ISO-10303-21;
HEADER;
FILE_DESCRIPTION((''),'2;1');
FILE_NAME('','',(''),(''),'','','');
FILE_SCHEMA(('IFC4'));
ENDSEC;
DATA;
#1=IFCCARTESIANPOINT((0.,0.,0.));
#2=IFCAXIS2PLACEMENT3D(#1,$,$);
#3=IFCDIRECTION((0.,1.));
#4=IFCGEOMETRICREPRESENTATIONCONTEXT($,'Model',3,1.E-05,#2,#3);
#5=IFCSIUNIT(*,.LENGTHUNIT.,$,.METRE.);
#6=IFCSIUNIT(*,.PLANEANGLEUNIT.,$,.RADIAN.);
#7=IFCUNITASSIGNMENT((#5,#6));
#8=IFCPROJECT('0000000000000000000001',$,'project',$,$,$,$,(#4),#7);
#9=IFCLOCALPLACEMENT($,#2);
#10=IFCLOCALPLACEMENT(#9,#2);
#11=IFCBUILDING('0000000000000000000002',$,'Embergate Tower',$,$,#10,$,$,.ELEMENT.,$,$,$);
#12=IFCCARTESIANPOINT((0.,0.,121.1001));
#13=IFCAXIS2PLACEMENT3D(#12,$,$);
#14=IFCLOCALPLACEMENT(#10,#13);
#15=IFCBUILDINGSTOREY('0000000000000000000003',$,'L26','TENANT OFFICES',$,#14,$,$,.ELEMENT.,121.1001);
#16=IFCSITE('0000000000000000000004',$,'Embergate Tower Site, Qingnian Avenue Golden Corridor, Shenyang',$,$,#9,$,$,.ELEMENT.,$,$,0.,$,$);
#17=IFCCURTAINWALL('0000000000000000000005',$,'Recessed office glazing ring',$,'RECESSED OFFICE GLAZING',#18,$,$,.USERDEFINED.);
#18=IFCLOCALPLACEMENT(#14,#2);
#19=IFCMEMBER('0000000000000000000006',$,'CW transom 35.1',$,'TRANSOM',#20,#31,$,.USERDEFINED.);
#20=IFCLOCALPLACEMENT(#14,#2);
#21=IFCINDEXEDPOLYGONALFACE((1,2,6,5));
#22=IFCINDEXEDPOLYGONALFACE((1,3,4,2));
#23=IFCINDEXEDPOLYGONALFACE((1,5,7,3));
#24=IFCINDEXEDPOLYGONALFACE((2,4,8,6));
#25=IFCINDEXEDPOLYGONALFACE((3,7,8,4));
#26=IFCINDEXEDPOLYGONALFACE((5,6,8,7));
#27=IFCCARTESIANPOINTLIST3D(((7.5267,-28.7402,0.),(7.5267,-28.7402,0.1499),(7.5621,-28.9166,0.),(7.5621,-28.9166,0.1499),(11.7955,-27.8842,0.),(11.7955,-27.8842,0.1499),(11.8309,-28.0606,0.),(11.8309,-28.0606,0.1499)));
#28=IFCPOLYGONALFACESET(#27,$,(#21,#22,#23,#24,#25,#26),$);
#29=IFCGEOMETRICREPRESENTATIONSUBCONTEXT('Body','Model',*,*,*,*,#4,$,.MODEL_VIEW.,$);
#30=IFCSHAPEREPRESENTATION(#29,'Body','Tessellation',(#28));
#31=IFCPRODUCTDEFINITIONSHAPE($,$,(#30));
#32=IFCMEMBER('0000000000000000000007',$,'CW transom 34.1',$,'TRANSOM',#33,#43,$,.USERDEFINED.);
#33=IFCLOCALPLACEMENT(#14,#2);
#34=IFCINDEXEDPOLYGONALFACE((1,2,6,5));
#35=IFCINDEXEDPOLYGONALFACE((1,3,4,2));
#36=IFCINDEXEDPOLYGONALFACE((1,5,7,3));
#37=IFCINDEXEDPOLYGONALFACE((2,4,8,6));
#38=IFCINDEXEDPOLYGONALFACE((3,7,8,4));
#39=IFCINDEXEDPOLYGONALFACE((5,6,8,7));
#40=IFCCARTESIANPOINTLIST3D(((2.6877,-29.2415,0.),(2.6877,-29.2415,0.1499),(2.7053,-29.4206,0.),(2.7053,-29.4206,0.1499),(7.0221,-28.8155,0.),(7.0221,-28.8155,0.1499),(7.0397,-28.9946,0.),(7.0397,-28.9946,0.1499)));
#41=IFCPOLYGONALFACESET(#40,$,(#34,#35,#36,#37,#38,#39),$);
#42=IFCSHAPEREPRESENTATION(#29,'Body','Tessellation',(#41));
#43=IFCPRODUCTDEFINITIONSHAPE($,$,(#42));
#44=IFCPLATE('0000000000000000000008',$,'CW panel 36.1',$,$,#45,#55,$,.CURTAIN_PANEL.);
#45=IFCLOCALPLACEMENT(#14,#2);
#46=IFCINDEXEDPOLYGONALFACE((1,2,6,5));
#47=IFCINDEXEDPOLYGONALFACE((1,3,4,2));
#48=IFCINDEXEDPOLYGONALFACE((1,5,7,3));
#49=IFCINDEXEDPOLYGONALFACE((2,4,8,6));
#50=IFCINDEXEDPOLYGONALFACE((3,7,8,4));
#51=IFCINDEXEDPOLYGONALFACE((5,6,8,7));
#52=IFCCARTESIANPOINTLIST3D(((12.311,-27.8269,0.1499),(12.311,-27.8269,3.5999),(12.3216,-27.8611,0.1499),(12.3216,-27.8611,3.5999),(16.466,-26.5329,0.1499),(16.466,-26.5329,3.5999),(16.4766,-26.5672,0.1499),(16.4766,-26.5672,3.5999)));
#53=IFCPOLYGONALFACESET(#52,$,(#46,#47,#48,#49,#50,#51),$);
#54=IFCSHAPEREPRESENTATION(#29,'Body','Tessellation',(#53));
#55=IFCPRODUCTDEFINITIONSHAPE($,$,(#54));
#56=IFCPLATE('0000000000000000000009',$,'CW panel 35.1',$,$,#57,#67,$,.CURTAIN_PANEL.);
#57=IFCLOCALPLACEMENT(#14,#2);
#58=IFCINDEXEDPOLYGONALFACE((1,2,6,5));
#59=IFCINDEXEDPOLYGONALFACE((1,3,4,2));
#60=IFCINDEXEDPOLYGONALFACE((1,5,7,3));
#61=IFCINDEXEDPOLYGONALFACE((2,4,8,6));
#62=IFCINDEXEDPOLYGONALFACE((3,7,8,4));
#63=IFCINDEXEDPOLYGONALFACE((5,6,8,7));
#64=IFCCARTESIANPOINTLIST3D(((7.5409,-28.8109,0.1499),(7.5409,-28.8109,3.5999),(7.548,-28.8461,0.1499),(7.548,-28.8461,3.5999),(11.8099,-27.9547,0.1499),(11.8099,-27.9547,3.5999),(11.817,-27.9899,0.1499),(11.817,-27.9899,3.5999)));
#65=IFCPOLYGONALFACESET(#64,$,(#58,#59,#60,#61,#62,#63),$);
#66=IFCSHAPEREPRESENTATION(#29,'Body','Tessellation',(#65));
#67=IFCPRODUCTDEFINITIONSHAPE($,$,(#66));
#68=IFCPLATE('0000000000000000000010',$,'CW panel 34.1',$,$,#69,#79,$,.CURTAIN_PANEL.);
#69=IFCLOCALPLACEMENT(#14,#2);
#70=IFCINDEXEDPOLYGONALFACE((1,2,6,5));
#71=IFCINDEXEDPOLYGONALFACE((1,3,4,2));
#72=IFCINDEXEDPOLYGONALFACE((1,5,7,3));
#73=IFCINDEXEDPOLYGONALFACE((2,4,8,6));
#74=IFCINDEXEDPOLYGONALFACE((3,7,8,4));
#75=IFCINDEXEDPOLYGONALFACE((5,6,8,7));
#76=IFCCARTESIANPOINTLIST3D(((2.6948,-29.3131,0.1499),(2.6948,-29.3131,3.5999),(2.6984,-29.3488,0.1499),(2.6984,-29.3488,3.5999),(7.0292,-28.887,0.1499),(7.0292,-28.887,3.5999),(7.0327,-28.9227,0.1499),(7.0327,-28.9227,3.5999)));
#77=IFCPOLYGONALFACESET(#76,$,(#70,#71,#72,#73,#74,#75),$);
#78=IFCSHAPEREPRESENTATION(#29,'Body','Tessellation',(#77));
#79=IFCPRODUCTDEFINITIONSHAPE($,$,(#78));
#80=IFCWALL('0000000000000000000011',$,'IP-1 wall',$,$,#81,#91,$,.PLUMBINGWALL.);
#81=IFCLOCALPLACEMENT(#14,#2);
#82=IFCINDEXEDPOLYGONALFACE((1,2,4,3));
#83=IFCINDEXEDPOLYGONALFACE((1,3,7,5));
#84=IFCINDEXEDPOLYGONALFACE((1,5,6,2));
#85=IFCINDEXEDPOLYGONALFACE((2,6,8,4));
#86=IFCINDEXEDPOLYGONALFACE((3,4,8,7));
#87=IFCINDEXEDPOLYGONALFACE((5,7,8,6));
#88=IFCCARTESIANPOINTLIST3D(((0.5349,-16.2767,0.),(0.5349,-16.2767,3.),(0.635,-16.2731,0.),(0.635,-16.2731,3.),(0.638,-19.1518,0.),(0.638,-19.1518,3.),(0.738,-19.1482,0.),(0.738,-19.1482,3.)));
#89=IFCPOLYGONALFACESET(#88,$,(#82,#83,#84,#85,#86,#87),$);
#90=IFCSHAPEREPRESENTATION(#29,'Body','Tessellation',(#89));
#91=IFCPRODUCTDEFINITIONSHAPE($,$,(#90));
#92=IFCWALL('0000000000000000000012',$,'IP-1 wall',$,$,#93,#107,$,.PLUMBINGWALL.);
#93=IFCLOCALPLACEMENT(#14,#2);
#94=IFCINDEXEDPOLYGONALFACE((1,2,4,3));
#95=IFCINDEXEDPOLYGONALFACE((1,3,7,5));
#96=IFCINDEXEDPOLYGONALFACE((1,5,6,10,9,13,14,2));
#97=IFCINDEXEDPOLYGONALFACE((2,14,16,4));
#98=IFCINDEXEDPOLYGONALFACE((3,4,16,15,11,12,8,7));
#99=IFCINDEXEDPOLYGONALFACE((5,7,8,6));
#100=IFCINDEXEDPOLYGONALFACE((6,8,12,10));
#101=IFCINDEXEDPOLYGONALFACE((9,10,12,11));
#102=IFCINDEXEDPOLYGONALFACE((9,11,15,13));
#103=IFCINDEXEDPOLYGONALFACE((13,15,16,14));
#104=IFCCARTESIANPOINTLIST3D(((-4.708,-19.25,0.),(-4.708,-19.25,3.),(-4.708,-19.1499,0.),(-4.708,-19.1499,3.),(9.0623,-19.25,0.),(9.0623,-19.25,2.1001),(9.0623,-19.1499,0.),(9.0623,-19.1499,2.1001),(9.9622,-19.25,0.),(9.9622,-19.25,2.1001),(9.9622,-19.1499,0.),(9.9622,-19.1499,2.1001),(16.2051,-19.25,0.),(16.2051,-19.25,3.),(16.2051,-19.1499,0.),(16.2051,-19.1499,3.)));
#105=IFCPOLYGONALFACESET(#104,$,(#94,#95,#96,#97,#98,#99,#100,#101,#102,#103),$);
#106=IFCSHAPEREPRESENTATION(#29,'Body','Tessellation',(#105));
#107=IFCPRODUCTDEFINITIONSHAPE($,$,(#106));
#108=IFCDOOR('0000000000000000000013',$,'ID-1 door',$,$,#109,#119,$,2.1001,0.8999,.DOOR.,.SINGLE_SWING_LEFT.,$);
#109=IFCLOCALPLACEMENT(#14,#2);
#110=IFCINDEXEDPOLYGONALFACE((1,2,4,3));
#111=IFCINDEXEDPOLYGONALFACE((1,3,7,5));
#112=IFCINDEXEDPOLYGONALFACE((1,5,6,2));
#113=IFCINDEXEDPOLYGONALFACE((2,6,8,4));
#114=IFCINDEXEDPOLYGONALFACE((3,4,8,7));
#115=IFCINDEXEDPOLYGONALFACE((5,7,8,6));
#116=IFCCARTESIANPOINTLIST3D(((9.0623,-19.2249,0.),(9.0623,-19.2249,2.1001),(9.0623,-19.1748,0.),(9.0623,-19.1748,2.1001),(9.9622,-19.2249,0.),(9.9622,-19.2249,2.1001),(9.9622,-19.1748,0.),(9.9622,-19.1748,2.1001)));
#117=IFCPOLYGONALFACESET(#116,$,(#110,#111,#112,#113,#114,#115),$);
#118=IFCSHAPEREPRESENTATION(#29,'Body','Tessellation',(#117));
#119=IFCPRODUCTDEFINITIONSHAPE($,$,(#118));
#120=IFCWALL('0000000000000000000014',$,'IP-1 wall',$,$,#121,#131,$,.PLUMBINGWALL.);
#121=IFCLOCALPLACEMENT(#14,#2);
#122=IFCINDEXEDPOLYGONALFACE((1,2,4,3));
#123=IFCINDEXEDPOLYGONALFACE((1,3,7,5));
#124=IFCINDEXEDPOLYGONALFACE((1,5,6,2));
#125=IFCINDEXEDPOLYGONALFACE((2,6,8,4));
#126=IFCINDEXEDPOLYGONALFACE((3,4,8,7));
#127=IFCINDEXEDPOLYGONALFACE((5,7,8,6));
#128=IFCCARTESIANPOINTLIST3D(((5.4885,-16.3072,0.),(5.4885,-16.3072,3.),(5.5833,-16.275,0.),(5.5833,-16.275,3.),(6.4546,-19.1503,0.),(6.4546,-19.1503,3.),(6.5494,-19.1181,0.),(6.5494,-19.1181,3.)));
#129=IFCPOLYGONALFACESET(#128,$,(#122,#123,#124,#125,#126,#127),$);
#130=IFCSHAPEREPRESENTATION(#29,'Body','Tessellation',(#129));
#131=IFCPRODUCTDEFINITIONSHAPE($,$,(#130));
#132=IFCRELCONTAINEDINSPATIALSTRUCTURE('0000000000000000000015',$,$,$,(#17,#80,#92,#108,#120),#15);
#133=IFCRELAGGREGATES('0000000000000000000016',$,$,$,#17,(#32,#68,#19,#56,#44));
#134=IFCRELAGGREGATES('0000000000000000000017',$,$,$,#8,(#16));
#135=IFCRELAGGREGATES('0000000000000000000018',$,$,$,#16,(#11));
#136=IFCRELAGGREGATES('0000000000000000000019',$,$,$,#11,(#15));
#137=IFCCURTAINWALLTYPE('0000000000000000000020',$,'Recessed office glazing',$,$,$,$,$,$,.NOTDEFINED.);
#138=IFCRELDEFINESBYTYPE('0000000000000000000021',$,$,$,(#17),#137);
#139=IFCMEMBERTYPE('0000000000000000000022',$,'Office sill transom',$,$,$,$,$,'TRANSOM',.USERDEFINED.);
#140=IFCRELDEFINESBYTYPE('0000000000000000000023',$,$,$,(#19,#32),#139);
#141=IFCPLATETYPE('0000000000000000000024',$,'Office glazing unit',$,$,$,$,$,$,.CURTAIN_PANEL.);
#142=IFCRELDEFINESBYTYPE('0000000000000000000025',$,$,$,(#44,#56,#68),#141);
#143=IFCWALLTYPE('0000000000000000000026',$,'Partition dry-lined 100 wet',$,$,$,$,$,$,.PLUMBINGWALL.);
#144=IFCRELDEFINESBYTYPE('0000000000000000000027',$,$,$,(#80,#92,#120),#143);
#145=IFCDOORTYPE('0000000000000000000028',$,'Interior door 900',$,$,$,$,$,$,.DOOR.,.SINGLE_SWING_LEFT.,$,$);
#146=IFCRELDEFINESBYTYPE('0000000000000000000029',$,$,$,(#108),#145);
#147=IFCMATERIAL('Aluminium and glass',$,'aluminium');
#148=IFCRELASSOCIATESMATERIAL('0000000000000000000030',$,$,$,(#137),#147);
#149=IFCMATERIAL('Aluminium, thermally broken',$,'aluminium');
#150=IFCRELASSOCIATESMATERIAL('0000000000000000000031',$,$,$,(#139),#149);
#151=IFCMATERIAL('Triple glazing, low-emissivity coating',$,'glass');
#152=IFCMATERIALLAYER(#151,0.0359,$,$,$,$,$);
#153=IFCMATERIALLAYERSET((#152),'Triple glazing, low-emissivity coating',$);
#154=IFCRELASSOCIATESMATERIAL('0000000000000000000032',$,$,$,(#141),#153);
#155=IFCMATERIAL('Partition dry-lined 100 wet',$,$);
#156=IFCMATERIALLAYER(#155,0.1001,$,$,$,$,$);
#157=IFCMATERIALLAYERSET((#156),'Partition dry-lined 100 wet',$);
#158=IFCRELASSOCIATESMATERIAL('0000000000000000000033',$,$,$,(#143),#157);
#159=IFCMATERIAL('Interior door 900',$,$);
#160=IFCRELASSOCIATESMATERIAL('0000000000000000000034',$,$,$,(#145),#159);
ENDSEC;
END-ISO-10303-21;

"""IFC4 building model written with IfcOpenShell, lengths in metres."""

from ifc_helpers import new_model, si_unit, direction, frame, frame_2d, origin, origin_2d, place, context, subcontext, project, spatial, rectangle, extrude, source, transform, mapped, material, layer, layer_set, material_profile, profile_set, type_object, element, fill, aggregate, save


model = new_model("IFC4")

# Units and contexts
model_context = context("Model", 3, precision=1e-05, world=origin(), true_north=direction((0.0, 1.0)))
body_context = subcontext(model_context, "Body", "Model", "MODEL_VIEW")
ifc_project = project(units=[si_unit("LENGTHUNIT", "METRE"), si_unit("PLANEANGLEUNIT", "RADIAN")], contexts=[model_context])

# Site, building, storey
site_placement = place(None, origin())
site = spatial("IfcSite", under=ifc_project, at=site_placement, Name="Embergate Tower Site, Qingnian Avenue Golden Corridor, Shenyang", CompositionType="ELEMENT", RefElevation=0.0)
building_placement = place(site_placement, origin())
building = spatial("IfcBuilding", under=site, at=building_placement, Name="Embergate Tower", CompositionType="ELEMENT")
storey_placement = place(building_placement, frame((0.0, 0.0, 121.1001)))
storey = spatial("IfcBuildingStorey", under=building, at=storey_placement, Name="L26", Description="TENANT OFFICES", CompositionType="ELEMENT", Elevation=121.1001)

# Curtain wall, members, plates
ifc_material_1 = material(Name="Aluminium and glass", Category="aluminium")
curtain_wall_type = type_object("IfcCurtainWallType", Name="Recessed office glazing", PredefinedType="NOTDEFINED", material=ifc_material_1)
curtain_wall_placement = place(storey_placement, origin())
curtain_wall = element("IfcCurtainWall", 1, at=curtain_wall_placement, inside=storey, type_object=curtain_wall_type, Name="Recessed office glazing ring", ObjectType="RECESSED OFFICE GLAZING", PredefinedType="USERDEFINED")
ifc_material_2 = material(Name="Aluminium, thermally broken", Category="aluminium")
ifc_material_profile_1 = material_profile(ifc_material_2, rectangle(XDim=0.1799, YDim=0.1499, at=origin_2d()), Name="AL 150x180")
ifc_profile_set_1 = profile_set([ifc_material_profile_1], Name="Aluminium, thermally broken")
member_type_1 = type_object("IfcMemberType", Name="Office sill transom", ElementType="TRANSOM", PredefinedType="USERDEFINED", material=ifc_profile_set_1)
shared_shape_1 = source(origin(), body_context, "Body", "SweptSolid", [
    extrude(rectangle(XDim=0.1799, YDim=0.1499, at=origin_2d()), origin(), (0.0, 0.0, 1.0), 4.3538),
])
member_1_placement = place(storey_placement, frame((7.5444, -28.8284, 0.075), z_axis=(0.980484, 0.196601, 0.0), x_axis=(-0.196601, 0.980484, 0.0)))
member_1 = element("IfcMember", 2, at=member_1_placement, type_object=member_type_1, Name="CW transom 35.1", ObjectType="TRANSOM", PredefinedType="USERDEFINED", context=body_context, shape_type="MappedRepresentation", body=[
    mapped(shared_shape_1, transform((0.0, 0.0, 0.0))),
])
shared_shape_2 = source(origin(), body_context, "Body", "SweptSolid", [
    extrude(rectangle(XDim=0.1799, YDim=0.1499, at=origin_2d()), origin(), (0.0, 0.0, 1.0), 4.3552),
])
member_2_placement = place(storey_placement, frame((2.6965, -29.3311, 0.075), z_axis=(0.995204, 0.097822, 0.0), x_axis=(-0.097822, 0.995204, 0.0)))
member_2 = element("IfcMember", 3, at=member_2_placement, type_object=member_type_1, Name="CW transom 34.1", ObjectType="TRANSOM", PredefinedType="USERDEFINED", context=body_context, shape_type="MappedRepresentation", body=[
    mapped(shared_shape_2, transform((0.0, 0.0, 0.0))),
])
ifc_material_3 = material(Name="Triple glazing, low-emissivity coating", Category="glass")
ifc_layer_1 = layer(ifc_material_3, 0.0359)
ifc_layer_set_1 = layer_set([ifc_layer_1], Name="Triple glazing, low-emissivity coating")
plate_type = type_object("IfcPlateType", Name="Office glazing unit", PredefinedType="CURTAIN_PANEL", material=ifc_layer_set_1)
shared_shape_3 = source(origin(), body_context, "Body", "SweptSolid", [
    extrude(rectangle(XDim=4.3518, YDim=0.0359, at=origin_2d()), origin(), (0.0, 0.0, 1.0), 3.45),
])
plate_1_placement = place(storey_placement, frame((14.3938, -27.197, 0.1499), z_axis=(0.0, 0.0, 1.0), x_axis=(0.954772, 0.297338, 0.0)))
plate_1 = element("IfcPlate", 4, at=plate_1_placement, type_object=plate_type, Name="CW panel 36.1", PredefinedType="CURTAIN_PANEL", context=body_context, shape_type="MappedRepresentation", body=[
    mapped(shared_shape_3, transform((0.0, 0.0, 0.0))),
])
shared_shape_4 = source(origin(), body_context, "Body", "SweptSolid", [
    extrude(rectangle(XDim=4.354, YDim=0.0359, at=origin_2d()), origin(), (0.0, 0.0, 1.0), 3.45),
])
plate_2_placement = place(storey_placement, frame((9.679, -28.4004, 0.1499), z_axis=(0.0, 0.0, 1.0), x_axis=(0.980476, 0.196639, 0.0)))
plate_2 = element("IfcPlate", 5, at=plate_2_placement, type_object=plate_type, Name="CW panel 35.1", PredefinedType="CURTAIN_PANEL", context=body_context, shape_type="MappedRepresentation", body=[
    mapped(shared_shape_4, transform((0.0, 0.0, 0.0))),
])
shared_shape_5 = source(origin(), body_context, "Body", "SweptSolid", [
    extrude(rectangle(XDim=4.3552, YDim=0.0359, at=origin_2d()), origin(), (0.0, 0.0, 1.0), 3.45),
])
plate_3_placement = place(storey_placement, frame((4.8638, -29.1179, 0.1499), z_axis=(0.0, 0.0, 1.0), x_axis=(0.995203, 0.09783, 0.0)))
plate_3 = element("IfcPlate", 6, at=plate_3_placement, type_object=plate_type, Name="CW panel 34.1", PredefinedType="CURTAIN_PANEL", context=body_context, shape_type="MappedRepresentation", body=[
    mapped(shared_shape_5, transform((0.0, 0.0, 0.0))),
])
aggregate(curtain_wall, [member_2, plate_3, member_1, plate_2, plate_1])

# Wall
ifc_material_4 = material(Name="Partition dry-lined 100 wet")
ifc_layer_2 = layer(ifc_material_4, 0.1001)
ifc_layer_set_2 = layer_set([ifc_layer_2], Name="Partition dry-lined 100 wet")
wall_type = type_object("IfcWallType", Name="Partition dry-lined 100 wet", PredefinedType="PLUMBINGWALL", material=ifc_layer_set_2)
shared_shape_6 = source(origin(), body_context, "Body", "SweptSolid", [
    extrude(rectangle(XDim=2.877, YDim=0.1001, at=frame_2d((1.4385, 0.0))), origin(), (0.0, 0.0, 1.0), 3.0),
])
wall_1_placement = place(storey_placement, frame((0.585, -16.2749, 0.0), z_axis=(0.0, 0.0, 1.0), x_axis=(0.035813, -0.999359, 0.0)))
element("IfcWall", 7, at=wall_1_placement, inside=storey, type_object=wall_type, Name="IP-1 wall", PredefinedType="PLUMBINGWALL", context=body_context, shape_type="MappedRepresentation", body=[
    mapped(shared_shape_6, transform((0.0, 0.0, 0.0))),
])

# Wall, opening, door
shared_shape_7 = source(origin(), body_context, "Body", "SweptSolid", [
    extrude(rectangle(XDim=20.9131, YDim=0.1001, at=frame_2d((10.4565, 0.0))), origin(), (0.0, 0.0, 1.0), 3.0),
])
wall_2_placement = place(storey_placement, frame((16.2051, -19.2, 0.0), z_axis=(0.0, 0.0, 1.0), x_axis=(-1.0, 0.0, 0.0)))
wall_2 = element("IfcWall", 8, at=wall_2_placement, inside=storey, type_object=wall_type, Name="IP-1 wall", PredefinedType="PLUMBINGWALL", context=body_context, shape_type="MappedRepresentation", body=[
    mapped(shared_shape_7, transform((0.0, 0.0, 0.0))),
])
shared_shape_8 = source(origin(), body_context, "Body", "SweptSolid", [
    extrude(rectangle(XDim=0.8999, YDim=2.1001, at=frame_2d((0.45, 1.05))), frame((0.0, 0.0601, 0.0), z_axis=(0.0, -1.0, 0.0), x_axis=(1.0, 0.0, 0.0)), (0.0, 0.0, 1.0), 0.1201),
])
opening_placement = place(wall_2_placement, frame((6.2429, 0.0, 0.0)))
opening = element("IfcOpeningElement", 9, at=opening_placement, cuts=wall_2, PredefinedType="OPENING", context=body_context, shape_type="MappedRepresentation", body=[
    mapped(shared_shape_8, transform((0.0, 0.0, 0.0))),
])
ifc_material_5 = material(Name="Interior door 900")
door_type = type_object("IfcDoorType", Name="Interior door 900", OperationType="SINGLE_SWING_LEFT", PredefinedType="DOOR", material=ifc_material_5)
shared_shape_9 = source(origin(), body_context, "Body", "SweptSolid", [
    extrude(rectangle(XDim=0.8999, YDim=2.1001, at=frame_2d((0.45, 1.05))), frame((0.0, 0.0249, 0.0), z_axis=(0.0, -1.0, 0.0), x_axis=(1.0, 0.0, 0.0)), (0.0, 0.0, 1.0), 0.05),
])
door_placement = place(opening_placement, origin())
door = element("IfcDoor", 10, at=door_placement, inside=storey, type_object=door_type, Name="ID-1 door", OperationType="SINGLE_SWING_LEFT", OverallHeight=2.1001, OverallWidth=0.8999, PredefinedType="DOOR", context=body_context, shape_type="MappedRepresentation", body=[
    mapped(shared_shape_9, transform((0.0, 0.0, 0.0))),
])
fill(opening, door)

# Wall
shared_shape_10 = source(origin(), body_context, "Body", "SweptSolid", [
    extrude(rectangle(XDim=3.0027, YDim=0.1001, at=frame_2d((1.5015, 0.0))), origin(), (0.0, 0.0, 1.0), 3.0),
])
wall_3_placement = place(storey_placement, frame((5.5359, -16.291, 0.0), z_axis=(0.0, 0.0, 1.0), x_axis=(0.321735, -0.94683, 0.0)))
element("IfcWall", 11, at=wall_3_placement, inside=storey, type_object=wall_type, Name="IP-1 wall", PredefinedType="PLUMBINGWALL", context=body_context, shape_type="MappedRepresentation", body=[
    mapped(shared_shape_10, transform((0.0, 0.0, 0.0))),
])

save(model, "model.ifc")
